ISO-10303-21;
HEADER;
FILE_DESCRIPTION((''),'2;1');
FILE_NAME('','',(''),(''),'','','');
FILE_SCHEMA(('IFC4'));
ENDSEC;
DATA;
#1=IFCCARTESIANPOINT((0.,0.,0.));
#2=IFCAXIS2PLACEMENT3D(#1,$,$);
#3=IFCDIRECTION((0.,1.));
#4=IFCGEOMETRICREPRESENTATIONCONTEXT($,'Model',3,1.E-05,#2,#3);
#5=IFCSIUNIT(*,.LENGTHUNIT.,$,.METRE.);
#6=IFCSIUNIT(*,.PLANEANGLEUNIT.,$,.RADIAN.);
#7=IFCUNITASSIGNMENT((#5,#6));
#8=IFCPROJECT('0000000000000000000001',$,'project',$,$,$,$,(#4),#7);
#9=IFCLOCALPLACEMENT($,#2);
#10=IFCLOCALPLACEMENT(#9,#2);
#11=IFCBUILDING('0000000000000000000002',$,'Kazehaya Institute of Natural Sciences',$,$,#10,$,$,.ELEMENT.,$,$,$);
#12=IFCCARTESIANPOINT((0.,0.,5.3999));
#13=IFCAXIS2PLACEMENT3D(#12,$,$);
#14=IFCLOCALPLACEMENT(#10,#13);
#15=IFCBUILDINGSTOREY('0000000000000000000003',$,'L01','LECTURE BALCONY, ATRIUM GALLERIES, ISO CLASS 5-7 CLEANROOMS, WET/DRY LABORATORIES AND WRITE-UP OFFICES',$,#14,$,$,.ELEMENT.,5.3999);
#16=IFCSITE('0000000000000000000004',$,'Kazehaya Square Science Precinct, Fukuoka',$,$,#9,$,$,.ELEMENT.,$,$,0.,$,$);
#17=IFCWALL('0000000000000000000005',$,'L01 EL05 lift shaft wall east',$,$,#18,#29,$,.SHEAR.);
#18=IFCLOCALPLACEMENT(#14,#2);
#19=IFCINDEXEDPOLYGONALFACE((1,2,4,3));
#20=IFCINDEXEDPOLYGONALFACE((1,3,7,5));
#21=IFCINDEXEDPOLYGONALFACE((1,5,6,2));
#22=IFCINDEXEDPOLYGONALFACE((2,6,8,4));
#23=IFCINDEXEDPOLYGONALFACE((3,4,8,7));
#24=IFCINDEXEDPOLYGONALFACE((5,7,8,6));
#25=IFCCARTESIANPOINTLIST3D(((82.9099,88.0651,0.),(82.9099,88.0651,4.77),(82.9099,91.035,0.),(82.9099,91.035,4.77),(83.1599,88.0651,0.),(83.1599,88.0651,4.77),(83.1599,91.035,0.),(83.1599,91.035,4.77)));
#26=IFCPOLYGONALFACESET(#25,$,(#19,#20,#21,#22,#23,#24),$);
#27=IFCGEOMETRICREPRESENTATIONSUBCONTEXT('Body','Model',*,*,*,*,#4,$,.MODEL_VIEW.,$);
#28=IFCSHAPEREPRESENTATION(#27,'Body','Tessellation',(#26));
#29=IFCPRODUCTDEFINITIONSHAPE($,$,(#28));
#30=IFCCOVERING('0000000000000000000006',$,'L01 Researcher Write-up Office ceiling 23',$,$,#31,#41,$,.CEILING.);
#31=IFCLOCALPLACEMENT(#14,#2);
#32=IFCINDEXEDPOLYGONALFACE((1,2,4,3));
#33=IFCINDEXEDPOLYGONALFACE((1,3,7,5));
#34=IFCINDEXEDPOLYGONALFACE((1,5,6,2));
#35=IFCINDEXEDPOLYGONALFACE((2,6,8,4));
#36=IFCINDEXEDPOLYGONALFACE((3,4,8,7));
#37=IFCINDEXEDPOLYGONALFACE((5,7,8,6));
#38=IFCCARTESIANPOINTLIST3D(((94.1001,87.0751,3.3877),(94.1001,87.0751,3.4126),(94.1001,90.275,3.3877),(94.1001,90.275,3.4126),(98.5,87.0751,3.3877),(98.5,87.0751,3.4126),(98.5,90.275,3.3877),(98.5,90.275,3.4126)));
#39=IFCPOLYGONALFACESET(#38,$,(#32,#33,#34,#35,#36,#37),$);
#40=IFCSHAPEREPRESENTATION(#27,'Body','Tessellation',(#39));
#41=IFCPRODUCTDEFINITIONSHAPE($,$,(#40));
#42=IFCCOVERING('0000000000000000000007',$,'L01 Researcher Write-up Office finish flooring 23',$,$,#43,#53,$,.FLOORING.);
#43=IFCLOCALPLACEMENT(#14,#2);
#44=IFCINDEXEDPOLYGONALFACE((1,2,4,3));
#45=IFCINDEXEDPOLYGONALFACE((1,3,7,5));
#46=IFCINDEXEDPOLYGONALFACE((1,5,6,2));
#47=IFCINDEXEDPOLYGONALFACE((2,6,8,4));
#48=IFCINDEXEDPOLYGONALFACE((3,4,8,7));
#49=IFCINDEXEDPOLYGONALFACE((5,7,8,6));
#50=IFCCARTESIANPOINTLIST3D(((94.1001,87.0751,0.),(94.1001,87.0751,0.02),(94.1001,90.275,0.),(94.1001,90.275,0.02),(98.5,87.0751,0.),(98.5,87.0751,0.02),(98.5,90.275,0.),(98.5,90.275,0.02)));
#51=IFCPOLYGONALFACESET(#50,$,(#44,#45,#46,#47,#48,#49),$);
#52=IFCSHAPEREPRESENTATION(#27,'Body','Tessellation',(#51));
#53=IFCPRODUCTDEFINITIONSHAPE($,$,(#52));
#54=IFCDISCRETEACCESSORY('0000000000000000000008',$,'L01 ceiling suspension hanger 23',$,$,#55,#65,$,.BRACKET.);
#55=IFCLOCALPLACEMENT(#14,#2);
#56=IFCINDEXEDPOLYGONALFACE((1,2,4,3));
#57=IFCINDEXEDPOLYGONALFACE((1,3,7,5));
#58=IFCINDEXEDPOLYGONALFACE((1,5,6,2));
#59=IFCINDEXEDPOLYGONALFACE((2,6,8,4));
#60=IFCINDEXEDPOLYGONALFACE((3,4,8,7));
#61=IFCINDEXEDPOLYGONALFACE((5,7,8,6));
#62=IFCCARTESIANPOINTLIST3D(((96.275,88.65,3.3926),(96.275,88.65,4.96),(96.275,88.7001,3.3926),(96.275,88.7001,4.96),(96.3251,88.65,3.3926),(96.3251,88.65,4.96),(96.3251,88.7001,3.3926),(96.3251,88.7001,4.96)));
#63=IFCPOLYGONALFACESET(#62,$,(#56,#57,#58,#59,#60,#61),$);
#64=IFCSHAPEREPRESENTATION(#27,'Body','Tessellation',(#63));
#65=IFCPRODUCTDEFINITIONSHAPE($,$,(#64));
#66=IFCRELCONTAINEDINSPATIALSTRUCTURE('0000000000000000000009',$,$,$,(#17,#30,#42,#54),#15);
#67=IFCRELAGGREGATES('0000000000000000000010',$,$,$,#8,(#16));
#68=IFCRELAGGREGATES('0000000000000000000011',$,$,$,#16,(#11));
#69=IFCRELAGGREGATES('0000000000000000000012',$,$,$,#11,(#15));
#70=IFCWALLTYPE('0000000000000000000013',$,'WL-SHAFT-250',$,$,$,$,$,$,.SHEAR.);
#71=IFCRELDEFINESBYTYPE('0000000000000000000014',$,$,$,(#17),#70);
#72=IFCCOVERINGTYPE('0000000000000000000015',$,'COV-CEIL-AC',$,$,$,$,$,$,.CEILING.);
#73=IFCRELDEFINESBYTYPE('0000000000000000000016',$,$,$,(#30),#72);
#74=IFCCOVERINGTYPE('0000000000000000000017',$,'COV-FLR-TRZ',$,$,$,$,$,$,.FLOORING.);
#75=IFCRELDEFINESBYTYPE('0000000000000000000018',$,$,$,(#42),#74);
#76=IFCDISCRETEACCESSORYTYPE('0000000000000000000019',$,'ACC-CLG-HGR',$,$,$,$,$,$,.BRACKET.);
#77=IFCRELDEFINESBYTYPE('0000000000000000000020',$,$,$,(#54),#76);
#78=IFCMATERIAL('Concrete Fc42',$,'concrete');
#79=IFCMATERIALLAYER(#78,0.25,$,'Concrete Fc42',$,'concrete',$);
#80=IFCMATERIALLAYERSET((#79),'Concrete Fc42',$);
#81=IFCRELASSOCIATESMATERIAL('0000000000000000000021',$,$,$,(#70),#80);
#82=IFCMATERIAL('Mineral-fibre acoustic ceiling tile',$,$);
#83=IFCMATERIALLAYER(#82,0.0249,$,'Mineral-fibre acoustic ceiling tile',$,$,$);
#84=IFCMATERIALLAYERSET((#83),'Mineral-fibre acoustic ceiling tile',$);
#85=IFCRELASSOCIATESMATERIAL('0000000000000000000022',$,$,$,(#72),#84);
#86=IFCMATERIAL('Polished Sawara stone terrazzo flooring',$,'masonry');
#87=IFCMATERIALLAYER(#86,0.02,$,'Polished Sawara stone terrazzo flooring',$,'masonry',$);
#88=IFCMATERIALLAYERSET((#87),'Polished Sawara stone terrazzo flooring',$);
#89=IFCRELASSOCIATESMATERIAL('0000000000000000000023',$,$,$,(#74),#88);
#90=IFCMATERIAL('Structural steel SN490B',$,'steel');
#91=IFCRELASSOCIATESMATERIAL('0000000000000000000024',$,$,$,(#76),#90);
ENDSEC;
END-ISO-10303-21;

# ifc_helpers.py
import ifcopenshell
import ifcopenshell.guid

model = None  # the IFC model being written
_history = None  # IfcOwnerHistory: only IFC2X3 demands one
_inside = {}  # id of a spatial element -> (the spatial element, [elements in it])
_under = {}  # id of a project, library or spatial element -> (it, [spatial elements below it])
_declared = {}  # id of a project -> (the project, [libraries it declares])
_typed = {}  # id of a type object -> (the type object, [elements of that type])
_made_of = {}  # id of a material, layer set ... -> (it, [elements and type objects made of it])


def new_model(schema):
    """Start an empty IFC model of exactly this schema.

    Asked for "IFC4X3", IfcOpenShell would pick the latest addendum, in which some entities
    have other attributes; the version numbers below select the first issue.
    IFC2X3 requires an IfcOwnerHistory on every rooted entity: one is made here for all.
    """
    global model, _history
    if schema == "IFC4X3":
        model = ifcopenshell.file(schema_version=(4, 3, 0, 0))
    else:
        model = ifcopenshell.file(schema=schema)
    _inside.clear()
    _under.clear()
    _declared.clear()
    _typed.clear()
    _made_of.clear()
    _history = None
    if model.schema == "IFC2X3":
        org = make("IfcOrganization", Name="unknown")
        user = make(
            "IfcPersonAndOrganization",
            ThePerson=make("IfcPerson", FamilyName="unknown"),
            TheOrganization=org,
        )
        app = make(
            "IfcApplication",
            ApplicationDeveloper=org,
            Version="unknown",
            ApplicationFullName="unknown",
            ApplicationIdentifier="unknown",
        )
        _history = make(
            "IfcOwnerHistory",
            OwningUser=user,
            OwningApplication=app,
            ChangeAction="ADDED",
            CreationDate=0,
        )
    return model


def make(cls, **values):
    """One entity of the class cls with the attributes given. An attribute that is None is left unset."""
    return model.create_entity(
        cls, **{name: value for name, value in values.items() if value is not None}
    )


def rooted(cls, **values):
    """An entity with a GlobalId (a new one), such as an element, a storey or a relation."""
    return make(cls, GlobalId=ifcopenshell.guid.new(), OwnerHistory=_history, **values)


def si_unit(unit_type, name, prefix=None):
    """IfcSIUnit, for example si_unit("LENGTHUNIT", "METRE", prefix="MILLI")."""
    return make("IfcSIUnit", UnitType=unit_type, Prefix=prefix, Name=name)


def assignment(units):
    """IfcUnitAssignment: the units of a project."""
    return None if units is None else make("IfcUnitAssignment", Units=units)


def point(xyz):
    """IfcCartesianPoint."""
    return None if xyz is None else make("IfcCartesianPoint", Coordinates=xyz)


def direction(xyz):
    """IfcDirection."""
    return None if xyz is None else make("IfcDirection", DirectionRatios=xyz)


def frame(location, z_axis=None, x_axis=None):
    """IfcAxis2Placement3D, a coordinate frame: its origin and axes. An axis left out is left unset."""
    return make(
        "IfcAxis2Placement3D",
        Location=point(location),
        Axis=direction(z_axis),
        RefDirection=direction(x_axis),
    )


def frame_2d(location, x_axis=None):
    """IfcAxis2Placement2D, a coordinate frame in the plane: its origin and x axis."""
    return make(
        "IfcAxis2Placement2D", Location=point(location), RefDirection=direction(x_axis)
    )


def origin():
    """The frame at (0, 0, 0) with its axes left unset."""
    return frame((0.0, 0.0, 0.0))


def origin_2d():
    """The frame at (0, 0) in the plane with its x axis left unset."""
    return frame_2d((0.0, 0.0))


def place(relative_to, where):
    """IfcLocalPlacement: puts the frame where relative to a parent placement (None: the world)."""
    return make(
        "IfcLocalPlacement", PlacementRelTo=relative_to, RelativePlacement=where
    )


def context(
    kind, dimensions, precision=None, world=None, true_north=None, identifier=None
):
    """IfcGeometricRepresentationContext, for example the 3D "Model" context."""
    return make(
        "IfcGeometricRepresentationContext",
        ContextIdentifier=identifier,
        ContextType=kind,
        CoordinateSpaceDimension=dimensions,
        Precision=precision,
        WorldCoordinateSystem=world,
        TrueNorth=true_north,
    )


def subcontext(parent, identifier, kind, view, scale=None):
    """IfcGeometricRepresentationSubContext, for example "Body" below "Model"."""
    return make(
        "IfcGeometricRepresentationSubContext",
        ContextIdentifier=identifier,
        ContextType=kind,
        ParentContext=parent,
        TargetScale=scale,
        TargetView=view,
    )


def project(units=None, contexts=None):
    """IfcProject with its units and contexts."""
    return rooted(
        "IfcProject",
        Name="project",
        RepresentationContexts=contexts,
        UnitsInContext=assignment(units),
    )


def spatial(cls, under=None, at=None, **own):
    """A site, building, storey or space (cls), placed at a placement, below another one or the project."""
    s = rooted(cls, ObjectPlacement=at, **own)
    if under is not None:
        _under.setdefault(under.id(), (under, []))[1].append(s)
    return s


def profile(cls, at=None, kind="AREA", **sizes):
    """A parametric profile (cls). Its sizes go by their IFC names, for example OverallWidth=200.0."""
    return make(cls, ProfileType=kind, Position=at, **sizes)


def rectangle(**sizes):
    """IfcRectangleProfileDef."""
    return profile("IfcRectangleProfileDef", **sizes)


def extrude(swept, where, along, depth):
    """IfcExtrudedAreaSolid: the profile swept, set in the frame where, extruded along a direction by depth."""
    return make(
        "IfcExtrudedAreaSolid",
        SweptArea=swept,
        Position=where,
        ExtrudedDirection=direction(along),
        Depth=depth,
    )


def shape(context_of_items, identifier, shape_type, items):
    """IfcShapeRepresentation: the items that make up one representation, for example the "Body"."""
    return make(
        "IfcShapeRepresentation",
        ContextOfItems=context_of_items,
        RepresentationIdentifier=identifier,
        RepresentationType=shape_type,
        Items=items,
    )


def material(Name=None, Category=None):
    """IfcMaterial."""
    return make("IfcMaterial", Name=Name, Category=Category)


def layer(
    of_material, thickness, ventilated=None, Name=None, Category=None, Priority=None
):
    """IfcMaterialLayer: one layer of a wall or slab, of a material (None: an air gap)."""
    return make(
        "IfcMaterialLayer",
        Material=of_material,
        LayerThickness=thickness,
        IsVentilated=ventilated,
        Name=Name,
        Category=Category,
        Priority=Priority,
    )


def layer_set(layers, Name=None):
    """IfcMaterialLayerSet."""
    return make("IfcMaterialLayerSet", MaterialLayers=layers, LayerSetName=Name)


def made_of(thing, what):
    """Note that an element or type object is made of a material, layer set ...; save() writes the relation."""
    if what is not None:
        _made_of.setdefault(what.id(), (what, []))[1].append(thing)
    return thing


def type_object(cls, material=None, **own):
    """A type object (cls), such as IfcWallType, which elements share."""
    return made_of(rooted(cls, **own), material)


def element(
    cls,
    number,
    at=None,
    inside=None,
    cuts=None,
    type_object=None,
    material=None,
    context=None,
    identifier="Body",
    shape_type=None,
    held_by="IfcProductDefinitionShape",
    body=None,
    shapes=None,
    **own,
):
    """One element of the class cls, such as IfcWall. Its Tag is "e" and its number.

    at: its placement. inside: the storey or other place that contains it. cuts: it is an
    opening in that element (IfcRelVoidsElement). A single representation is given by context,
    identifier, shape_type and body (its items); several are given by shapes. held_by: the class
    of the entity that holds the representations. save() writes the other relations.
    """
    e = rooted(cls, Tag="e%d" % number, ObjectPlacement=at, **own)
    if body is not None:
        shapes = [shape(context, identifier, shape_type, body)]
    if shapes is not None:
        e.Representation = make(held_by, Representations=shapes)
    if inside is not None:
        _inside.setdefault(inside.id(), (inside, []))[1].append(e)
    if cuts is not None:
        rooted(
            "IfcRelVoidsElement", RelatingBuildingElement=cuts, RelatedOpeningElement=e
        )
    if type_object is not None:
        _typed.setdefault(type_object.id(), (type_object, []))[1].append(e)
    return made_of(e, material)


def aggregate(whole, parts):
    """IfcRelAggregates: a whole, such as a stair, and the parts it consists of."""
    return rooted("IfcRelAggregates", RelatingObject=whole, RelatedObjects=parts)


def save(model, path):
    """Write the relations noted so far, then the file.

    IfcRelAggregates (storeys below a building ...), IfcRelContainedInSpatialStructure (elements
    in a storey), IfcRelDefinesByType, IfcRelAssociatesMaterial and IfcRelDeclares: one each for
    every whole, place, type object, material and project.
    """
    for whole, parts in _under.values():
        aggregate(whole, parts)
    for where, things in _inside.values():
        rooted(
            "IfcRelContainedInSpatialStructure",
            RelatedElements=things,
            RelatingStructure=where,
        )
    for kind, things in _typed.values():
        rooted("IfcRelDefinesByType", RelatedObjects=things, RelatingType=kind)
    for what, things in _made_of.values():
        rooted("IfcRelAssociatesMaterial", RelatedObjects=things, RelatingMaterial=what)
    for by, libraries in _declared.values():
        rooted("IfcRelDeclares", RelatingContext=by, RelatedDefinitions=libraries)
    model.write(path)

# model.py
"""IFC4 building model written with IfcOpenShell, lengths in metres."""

from ifc_helpers import new_model, si_unit, direction, frame, frame_2d, origin, origin_2d, place, context, subcontext, project, spatial, rectangle, extrude, material, layer, layer_set, type_object, element, save


model = new_model("IFC4")

# Units and contexts
model_context = context("Model", 3, precision=1e-05, world=origin(), true_north=direction((0.0, 1.0)))
body_context = subcontext(model_context, "Body", "Model", "MODEL_VIEW")
ifc_project = project(units=[si_unit("LENGTHUNIT", "METRE"), si_unit("PLANEANGLEUNIT", "RADIAN")], contexts=[model_context])

# Site, building, storey
site_placement = place(None, origin())
site = spatial("IfcSite", under=ifc_project, at=site_placement, Name="Kazehaya Square Science Precinct, Fukuoka", CompositionType="ELEMENT", RefElevation=0.0)
building_placement = place(site_placement, origin())
building = spatial("IfcBuilding", under=site, at=building_placement, Name="Kazehaya Institute of Natural Sciences", CompositionType="ELEMENT")
storey_placement = place(building_placement, frame((0.0, 0.0, 5.3999)))
storey = spatial("IfcBuildingStorey", under=building, at=storey_placement, Name="L01", Description="LECTURE BALCONY, ATRIUM GALLERIES, ISO CLASS 5-7 CLEANROOMS, WET/DRY LABORATORIES AND WRITE-UP OFFICES", CompositionType="ELEMENT", Elevation=5.3999)

# Shared definitions
ifc_material_1 = material(Name="Concrete Fc42", Category="concrete")

# Wall
ifc_layer_1 = layer(ifc_material_1, 0.25, Name="Concrete Fc42", Category="concrete")
ifc_layer_set_1 = layer_set([ifc_layer_1], Name="Concrete Fc42")
wall_type_1 = type_object("IfcWallType", Name="WL-SHAFT-250", PredefinedType="SHEAR", material=ifc_layer_set_1)
wall_1_placement = place(storey_placement, frame((83.0349, 91.0349, 0.0), z_axis=(0.0, 0.0, 1.0), x_axis=(0.0, -1.0, 0.0)))
element("IfcWall", 1, at=wall_1_placement, inside=storey, type_object=wall_type_1, Name="L01 EL05 lift shaft wall east", PredefinedType="SHEAR", context=body_context, shape_type="SweptSolid", body=[
    extrude(rectangle(XDim=2.97, YDim=0.25, at=frame_2d((1.4849, 0.0))), origin(), (0.0, 0.0, 1.0), 4.77),
])

# Coverings
ifc_material_2 = material(Name="Mineral-fibre acoustic ceiling tile")
ifc_layer_2 = layer(ifc_material_2, 0.0249, Name="Mineral-fibre acoustic ceiling tile")
ifc_layer_set_2 = layer_set([ifc_layer_2], Name="Mineral-fibre acoustic ceiling tile")
covering_type_1 = type_object("IfcCoveringType", Name="COV-CEIL-AC", PredefinedType="CEILING", material=ifc_layer_set_2)
covering_1_placement = place(storey_placement, frame((96.3, 88.675, 3.3877), z_axis=(0.0, 0.0, 1.0), x_axis=(1.0, 0.0, 0.0)))
element("IfcCovering", 2, at=covering_1_placement, inside=storey, type_object=covering_type_1, Name="L01 Researcher Write-up Office ceiling 23", PredefinedType="CEILING", context=body_context, shape_type="SweptSolid", body=[
    extrude(rectangle(XDim=4.3999, YDim=3.2, at=origin_2d()), origin(), (0.0, 0.0, 1.0), 0.0249),
])
ifc_material_3 = material(Name="Polished Sawara stone terrazzo flooring", Category="masonry")
ifc_layer_3 = layer(ifc_material_3, 0.02, Name="Polished Sawara stone terrazzo flooring", Category="masonry")
ifc_layer_set_3 = layer_set([ifc_layer_3], Name="Polished Sawara stone terrazzo flooring")
covering_type_2 = type_object("IfcCoveringType", Name="COV-FLR-TRZ", PredefinedType="FLOORING", material=ifc_layer_set_3)
covering_2_placement = place(storey_placement, frame((96.3, 88.675, 0.0), z_axis=(0.0, 0.0, 1.0), x_axis=(1.0, 0.0, 0.0)))
element("IfcCovering", 3, at=covering_2_placement, inside=storey, type_object=covering_type_2, Name="L01 Researcher Write-up Office finish flooring 23", PredefinedType="FLOORING", context=body_context, shape_type="SweptSolid", body=[
    extrude(rectangle(XDim=4.3999, YDim=3.2, at=origin_2d()), origin(), (0.0, 0.0, 1.0), 0.02),
])

# Discrete accessory
ifc_material_4 = material(Name="Structural steel SN490B", Category="steel")
discrete_accessory_type = type_object("IfcDiscreteAccessoryType", Name="ACC-CLG-HGR", PredefinedType="BRACKET", material=ifc_material_4)
discrete_accessory_placement = place(storey_placement, frame((96.3, 88.675, 3.3926), z_axis=(0.0, 0.0, 1.0), x_axis=(1.0, 0.0, 0.0)))
element("IfcDiscreteAccessory", 4, at=discrete_accessory_placement, inside=storey, type_object=discrete_accessory_type, Name="L01 ceiling suspension hanger 23", PredefinedType="BRACKET", context=body_context, shape_type="SweptSolid", body=[
    extrude(rectangle(XDim=0.05, YDim=0.05, at=origin_2d()), origin(), (0.0, 0.0, 1.0), 1.5674),
])

save(model, "model.ifc")
